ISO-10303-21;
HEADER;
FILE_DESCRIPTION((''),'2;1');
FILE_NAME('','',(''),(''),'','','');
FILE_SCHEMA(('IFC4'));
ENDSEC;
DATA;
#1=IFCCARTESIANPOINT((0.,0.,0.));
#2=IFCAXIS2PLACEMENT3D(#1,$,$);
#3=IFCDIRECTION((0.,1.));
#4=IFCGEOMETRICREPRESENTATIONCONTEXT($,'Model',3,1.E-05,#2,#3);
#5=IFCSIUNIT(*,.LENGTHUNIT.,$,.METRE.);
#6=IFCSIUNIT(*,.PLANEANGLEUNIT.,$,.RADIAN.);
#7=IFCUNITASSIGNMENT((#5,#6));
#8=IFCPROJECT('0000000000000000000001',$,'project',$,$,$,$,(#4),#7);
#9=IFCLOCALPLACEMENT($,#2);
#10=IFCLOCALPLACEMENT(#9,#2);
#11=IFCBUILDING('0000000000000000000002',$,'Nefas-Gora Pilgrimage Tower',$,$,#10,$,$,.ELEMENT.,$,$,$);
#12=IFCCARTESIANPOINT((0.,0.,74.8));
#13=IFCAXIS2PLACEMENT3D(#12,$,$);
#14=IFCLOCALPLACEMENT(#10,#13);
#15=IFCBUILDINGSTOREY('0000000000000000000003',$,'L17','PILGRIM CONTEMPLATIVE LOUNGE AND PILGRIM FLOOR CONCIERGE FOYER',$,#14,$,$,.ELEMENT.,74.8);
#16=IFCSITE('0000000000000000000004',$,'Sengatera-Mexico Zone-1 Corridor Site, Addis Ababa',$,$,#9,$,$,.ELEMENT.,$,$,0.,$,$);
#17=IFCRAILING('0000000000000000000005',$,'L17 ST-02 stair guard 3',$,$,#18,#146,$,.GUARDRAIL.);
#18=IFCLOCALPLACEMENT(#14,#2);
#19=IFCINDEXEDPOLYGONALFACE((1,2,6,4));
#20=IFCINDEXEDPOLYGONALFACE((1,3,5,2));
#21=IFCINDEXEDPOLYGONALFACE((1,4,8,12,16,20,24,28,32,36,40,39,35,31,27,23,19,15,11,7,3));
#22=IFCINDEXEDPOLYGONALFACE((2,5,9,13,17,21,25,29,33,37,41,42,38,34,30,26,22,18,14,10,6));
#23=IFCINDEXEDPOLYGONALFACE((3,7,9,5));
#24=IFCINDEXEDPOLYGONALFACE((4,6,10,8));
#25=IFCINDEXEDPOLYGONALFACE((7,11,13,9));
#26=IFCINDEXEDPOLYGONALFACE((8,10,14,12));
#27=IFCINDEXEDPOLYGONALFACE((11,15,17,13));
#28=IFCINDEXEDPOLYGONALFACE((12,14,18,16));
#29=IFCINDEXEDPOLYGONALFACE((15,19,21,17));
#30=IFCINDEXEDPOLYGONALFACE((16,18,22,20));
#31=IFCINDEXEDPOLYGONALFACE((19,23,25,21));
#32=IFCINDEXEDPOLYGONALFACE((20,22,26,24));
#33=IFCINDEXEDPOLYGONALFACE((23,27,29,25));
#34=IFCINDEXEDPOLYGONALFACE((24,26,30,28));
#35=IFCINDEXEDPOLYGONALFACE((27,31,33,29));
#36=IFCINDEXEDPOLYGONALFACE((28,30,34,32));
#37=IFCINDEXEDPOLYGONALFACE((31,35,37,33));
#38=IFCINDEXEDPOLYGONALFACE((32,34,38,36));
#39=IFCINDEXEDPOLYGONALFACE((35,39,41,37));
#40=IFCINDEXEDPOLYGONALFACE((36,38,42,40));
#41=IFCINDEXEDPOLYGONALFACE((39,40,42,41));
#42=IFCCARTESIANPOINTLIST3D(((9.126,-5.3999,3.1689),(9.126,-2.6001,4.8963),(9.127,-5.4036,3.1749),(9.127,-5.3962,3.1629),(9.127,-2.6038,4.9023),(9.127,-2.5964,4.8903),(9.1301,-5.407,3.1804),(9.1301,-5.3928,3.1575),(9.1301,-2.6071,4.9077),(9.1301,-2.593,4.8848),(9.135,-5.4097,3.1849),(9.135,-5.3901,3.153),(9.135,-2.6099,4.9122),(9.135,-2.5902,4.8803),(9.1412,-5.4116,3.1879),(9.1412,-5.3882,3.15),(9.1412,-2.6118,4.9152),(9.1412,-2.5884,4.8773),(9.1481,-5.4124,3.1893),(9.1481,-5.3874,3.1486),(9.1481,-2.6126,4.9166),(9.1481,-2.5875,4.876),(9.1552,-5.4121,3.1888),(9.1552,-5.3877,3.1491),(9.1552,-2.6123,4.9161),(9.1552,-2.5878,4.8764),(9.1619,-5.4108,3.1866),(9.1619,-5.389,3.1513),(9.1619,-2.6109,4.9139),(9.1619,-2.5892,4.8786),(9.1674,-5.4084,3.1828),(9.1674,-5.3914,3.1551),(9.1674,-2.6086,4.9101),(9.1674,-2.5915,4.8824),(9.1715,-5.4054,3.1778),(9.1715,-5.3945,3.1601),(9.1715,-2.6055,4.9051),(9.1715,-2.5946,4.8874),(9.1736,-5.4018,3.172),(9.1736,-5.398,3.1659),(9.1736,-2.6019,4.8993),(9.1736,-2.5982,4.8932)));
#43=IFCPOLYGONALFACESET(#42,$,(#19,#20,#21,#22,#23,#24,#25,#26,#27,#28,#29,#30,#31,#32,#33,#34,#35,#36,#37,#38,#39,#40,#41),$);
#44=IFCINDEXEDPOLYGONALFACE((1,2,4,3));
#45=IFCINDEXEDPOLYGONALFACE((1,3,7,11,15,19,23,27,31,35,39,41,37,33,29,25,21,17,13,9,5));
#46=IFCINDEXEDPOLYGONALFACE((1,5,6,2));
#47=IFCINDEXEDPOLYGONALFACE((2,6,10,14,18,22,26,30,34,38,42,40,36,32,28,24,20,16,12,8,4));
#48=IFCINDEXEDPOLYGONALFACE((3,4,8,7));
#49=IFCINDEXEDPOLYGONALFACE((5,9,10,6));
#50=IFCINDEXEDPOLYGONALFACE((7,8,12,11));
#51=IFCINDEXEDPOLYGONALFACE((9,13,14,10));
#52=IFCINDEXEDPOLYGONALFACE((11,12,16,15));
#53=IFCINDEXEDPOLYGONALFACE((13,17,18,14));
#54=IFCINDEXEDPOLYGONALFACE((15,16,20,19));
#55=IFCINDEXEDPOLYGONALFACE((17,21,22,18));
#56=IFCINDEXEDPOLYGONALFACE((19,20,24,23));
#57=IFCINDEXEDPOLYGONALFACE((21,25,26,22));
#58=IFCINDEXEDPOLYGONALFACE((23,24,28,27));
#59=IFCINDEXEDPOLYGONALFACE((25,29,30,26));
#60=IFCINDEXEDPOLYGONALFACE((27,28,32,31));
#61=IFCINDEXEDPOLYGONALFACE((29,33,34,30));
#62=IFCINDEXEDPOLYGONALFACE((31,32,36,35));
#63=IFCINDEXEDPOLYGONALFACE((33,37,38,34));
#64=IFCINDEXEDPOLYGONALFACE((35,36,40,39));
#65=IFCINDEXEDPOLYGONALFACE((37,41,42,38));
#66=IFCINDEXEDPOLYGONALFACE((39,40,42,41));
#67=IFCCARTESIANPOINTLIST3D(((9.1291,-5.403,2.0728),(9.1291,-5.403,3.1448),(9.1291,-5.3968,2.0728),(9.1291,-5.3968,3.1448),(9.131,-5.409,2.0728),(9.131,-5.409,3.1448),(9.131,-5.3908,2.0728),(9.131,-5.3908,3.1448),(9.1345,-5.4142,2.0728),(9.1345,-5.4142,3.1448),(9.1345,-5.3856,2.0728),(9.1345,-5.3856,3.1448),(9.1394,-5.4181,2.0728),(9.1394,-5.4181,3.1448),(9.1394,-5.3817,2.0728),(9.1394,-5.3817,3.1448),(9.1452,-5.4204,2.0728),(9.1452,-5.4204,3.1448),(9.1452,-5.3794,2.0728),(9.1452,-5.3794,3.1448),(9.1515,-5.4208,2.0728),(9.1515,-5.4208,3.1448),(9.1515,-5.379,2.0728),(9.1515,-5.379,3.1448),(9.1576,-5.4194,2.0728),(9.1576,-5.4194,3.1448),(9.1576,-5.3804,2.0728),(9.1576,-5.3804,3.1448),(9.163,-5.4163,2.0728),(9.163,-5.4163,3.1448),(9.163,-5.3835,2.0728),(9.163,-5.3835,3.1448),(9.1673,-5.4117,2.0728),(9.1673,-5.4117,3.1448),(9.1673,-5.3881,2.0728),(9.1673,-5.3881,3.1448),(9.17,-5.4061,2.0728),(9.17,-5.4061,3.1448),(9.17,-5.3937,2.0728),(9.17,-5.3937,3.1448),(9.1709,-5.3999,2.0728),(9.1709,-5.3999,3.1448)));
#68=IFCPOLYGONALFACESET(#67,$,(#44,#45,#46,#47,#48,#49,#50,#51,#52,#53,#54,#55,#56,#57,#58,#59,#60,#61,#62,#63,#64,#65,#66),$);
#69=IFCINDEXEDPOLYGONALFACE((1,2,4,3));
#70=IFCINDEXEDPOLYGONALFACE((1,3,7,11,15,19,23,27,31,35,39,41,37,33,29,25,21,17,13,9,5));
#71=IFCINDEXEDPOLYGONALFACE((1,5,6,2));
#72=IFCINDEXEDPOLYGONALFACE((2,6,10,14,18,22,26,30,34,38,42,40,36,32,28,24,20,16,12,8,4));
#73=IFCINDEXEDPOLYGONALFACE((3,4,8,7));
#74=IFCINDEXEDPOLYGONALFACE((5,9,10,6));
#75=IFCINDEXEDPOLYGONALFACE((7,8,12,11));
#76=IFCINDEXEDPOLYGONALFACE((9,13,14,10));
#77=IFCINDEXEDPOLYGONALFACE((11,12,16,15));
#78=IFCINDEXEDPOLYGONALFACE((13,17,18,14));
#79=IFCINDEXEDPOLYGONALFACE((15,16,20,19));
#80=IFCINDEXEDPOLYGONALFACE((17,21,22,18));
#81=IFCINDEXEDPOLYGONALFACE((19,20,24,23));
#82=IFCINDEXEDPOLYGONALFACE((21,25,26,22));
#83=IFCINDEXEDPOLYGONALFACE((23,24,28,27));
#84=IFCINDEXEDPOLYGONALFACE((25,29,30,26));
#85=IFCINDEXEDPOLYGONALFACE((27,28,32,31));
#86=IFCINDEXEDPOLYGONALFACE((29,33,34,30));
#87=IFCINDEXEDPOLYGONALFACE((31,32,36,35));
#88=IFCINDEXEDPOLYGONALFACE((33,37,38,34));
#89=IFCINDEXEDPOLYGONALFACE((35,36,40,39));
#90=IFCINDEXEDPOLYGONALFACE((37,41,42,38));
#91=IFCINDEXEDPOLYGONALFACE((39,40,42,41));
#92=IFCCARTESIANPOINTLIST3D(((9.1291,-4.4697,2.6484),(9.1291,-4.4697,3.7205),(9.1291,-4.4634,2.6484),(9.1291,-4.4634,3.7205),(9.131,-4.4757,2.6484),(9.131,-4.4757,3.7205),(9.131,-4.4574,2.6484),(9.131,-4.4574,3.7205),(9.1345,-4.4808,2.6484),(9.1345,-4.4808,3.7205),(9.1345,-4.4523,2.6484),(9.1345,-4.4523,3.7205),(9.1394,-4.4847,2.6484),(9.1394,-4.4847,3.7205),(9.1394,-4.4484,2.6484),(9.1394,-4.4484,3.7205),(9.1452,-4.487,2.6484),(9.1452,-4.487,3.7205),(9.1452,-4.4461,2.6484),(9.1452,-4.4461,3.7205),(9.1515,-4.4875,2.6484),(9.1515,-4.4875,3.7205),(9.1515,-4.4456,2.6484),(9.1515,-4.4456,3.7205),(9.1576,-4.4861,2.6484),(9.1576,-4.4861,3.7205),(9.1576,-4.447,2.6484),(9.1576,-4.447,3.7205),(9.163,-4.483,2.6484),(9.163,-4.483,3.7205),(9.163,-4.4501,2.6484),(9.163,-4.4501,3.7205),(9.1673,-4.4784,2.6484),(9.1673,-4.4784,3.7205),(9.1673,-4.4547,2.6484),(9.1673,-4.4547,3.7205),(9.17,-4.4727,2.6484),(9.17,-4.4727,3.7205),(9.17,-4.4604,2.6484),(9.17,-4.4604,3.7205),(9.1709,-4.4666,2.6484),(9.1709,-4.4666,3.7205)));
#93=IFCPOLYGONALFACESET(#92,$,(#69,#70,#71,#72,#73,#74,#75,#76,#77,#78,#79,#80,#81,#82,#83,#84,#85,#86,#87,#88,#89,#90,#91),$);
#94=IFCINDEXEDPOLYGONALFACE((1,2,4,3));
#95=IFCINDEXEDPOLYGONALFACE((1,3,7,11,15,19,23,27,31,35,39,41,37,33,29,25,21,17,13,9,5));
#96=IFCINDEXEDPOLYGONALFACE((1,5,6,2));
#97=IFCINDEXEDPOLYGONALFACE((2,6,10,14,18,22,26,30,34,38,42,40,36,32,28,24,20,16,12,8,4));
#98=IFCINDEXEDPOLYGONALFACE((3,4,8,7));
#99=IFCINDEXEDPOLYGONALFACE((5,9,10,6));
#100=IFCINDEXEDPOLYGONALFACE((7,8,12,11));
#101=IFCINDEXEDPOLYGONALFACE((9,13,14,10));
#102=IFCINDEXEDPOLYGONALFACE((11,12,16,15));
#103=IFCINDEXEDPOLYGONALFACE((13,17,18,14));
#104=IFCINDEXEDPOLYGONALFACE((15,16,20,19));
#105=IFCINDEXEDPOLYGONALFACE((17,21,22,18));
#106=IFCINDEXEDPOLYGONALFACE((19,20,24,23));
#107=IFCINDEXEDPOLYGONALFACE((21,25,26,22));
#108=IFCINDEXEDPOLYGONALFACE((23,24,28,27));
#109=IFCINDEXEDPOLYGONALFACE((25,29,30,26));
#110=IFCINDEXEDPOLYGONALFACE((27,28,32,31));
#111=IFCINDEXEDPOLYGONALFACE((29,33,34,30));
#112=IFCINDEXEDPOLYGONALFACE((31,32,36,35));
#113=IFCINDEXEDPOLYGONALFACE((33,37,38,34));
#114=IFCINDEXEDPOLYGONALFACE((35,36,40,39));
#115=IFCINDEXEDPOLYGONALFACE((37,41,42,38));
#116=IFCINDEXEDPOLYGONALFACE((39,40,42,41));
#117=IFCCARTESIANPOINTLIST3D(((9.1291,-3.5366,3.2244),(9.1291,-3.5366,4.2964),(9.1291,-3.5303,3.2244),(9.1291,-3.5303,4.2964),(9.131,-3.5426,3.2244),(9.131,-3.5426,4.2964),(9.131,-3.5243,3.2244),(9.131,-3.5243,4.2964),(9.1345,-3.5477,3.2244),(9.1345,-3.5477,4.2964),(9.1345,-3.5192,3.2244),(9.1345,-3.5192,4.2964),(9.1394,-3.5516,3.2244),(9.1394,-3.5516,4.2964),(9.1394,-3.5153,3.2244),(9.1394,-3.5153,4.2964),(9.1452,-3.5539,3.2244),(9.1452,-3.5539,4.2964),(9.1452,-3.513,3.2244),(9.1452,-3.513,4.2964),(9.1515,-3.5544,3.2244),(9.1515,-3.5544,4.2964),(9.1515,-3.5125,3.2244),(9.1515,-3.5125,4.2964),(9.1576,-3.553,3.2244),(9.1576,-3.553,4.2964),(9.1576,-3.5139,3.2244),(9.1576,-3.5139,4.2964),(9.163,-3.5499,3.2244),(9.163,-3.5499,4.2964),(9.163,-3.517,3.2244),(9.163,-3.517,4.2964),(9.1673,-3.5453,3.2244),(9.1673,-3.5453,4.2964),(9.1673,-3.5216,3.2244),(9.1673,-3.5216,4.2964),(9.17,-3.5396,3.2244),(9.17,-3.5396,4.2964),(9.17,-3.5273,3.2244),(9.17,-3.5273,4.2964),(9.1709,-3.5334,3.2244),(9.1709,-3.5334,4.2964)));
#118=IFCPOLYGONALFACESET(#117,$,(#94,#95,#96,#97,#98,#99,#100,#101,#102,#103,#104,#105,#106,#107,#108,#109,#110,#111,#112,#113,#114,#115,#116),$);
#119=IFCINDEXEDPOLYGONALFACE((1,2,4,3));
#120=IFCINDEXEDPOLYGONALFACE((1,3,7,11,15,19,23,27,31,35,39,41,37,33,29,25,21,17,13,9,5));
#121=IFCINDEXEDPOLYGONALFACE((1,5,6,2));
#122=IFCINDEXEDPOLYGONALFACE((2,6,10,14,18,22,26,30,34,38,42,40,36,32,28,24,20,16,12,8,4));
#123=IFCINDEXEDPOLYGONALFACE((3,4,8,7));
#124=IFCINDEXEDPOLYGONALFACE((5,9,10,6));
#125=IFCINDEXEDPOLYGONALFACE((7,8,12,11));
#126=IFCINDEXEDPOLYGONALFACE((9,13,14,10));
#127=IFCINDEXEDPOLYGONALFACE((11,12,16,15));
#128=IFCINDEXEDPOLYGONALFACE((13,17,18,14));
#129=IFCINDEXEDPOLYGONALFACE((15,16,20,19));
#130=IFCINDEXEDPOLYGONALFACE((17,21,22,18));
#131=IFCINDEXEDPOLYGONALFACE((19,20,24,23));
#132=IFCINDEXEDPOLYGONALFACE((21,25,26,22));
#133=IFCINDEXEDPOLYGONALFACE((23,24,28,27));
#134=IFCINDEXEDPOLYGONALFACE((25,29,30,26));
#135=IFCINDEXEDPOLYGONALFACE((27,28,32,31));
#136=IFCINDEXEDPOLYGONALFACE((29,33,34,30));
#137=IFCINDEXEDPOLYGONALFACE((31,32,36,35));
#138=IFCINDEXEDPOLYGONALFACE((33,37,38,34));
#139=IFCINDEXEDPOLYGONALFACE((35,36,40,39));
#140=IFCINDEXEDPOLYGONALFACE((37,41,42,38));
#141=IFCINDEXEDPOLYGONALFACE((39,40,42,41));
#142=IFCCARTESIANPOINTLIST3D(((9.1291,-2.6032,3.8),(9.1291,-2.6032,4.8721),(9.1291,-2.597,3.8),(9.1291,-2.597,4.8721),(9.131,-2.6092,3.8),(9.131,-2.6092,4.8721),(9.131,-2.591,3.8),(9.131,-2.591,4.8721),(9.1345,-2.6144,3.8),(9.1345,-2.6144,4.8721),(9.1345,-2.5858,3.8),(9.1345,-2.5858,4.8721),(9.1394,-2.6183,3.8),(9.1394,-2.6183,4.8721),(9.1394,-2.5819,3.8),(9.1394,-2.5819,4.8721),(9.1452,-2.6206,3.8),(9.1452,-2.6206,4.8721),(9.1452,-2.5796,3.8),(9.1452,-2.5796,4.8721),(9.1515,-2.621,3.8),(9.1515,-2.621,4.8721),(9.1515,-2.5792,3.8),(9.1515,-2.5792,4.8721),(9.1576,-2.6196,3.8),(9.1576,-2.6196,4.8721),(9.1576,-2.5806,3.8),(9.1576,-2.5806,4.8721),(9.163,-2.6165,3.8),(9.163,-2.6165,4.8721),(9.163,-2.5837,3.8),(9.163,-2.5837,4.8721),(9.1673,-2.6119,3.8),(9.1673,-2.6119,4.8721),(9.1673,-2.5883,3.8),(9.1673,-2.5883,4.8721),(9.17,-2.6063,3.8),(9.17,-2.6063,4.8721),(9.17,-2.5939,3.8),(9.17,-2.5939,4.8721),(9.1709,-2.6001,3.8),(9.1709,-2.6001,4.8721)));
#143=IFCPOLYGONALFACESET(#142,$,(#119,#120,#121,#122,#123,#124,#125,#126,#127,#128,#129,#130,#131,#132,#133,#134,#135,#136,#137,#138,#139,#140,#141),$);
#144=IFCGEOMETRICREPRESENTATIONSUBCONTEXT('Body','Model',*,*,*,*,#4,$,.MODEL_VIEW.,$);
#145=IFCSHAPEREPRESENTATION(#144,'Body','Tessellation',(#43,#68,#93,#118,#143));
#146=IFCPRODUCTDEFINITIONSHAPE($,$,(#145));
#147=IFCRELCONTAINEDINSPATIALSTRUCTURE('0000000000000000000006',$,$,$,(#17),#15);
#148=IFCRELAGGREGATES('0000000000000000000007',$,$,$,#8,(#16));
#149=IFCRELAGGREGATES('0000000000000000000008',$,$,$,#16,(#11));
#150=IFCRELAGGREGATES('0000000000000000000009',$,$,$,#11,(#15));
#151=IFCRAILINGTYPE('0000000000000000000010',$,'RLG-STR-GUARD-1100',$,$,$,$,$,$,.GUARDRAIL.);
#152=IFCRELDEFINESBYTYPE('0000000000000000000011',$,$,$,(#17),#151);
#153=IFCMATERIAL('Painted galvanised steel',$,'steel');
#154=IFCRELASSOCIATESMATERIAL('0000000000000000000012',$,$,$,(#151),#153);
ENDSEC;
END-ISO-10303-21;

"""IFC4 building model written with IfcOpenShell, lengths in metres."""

from ifc_helpers import new_model, si_unit, direction, frame, origin, origin_2d, place, context, subcontext, project, spatial, circle, extrude, material, type_object, element, save


model = new_model("IFC4")

# Units and contexts
model_context = context("Model", 3, precision=1e-05, world=origin(), true_north=direction((0.0, 1.0)))
body_context = subcontext(model_context, "Body", "Model", "MODEL_VIEW")
ifc_project = project(units=[si_unit("LENGTHUNIT", "METRE"), si_unit("PLANEANGLEUNIT", "RADIAN")], contexts=[model_context])

# Site, building, storey
site_placement = place(None, origin())
site = spatial("IfcSite", under=ifc_project, at=site_placement, Name="Sengatera-Mexico Zone-1 Corridor Site, Addis Ababa", CompositionType="ELEMENT", RefElevation=0.0)
building_placement = place(site_placement, origin())
building = spatial("IfcBuilding", under=site, at=building_placement, Name="Nefas-Gora Pilgrimage Tower", CompositionType="ELEMENT")
storey_placement = place(building_placement, frame((0.0, 0.0, 74.8)))
storey = spatial("IfcBuildingStorey", under=building, at=storey_placement, Name="L17", Description="PILGRIM CONTEMPLATIVE LOUNGE AND PILGRIM FLOOR CONCIERGE FOYER", CompositionType="ELEMENT", Elevation=74.8)

# Railing
ifc_material_1 = material(Name="Painted galvanised steel", Category="steel")
railing_type_1 = type_object("IfcRailingType", Name="RLG-STR-GUARD-1100", PredefinedType="GUARDRAIL", material=ifc_material_1)
railing_1_placement = place(storey_placement, frame((9.1499, -5.3999, 2.0728)))
element("IfcRailing", 1, at=railing_1_placement, inside=storey, type_object=railing_type_1, Name="L17 ST-02 stair guard 3", PredefinedType="GUARDRAIL", context=body_context, shape_type="SweptSolid", body=[
    extrude(circle(Radius=0.0239, at=origin_2d()), frame((0.0, 0.0, 1.0962), z_axis=(0.0, 0.851069, 0.525054), x_axis=(-1.0, 0.0, 0.0)), (0.0, 0.0, 1.0), 3.2898),
    extrude(circle(Radius=0.021, at=origin_2d()), origin(), (0.0, 0.0, 1.0), 1.072),
    extrude(circle(Radius=0.021, at=origin_2d()), frame((0.0, 0.9333, 0.5757)), (0.0, 0.0, 1.0), 1.072),
    extrude(circle(Radius=0.021, at=origin_2d()), frame((0.0, 1.8665, 1.1516)), (0.0, 0.0, 1.0), 1.072),
    extrude(circle(Radius=0.021, at=origin_2d()), frame((0.0, 2.7998, 1.7273)), (0.0, 0.0, 1.0), 1.072),
])

save(model, "model.ifc")
